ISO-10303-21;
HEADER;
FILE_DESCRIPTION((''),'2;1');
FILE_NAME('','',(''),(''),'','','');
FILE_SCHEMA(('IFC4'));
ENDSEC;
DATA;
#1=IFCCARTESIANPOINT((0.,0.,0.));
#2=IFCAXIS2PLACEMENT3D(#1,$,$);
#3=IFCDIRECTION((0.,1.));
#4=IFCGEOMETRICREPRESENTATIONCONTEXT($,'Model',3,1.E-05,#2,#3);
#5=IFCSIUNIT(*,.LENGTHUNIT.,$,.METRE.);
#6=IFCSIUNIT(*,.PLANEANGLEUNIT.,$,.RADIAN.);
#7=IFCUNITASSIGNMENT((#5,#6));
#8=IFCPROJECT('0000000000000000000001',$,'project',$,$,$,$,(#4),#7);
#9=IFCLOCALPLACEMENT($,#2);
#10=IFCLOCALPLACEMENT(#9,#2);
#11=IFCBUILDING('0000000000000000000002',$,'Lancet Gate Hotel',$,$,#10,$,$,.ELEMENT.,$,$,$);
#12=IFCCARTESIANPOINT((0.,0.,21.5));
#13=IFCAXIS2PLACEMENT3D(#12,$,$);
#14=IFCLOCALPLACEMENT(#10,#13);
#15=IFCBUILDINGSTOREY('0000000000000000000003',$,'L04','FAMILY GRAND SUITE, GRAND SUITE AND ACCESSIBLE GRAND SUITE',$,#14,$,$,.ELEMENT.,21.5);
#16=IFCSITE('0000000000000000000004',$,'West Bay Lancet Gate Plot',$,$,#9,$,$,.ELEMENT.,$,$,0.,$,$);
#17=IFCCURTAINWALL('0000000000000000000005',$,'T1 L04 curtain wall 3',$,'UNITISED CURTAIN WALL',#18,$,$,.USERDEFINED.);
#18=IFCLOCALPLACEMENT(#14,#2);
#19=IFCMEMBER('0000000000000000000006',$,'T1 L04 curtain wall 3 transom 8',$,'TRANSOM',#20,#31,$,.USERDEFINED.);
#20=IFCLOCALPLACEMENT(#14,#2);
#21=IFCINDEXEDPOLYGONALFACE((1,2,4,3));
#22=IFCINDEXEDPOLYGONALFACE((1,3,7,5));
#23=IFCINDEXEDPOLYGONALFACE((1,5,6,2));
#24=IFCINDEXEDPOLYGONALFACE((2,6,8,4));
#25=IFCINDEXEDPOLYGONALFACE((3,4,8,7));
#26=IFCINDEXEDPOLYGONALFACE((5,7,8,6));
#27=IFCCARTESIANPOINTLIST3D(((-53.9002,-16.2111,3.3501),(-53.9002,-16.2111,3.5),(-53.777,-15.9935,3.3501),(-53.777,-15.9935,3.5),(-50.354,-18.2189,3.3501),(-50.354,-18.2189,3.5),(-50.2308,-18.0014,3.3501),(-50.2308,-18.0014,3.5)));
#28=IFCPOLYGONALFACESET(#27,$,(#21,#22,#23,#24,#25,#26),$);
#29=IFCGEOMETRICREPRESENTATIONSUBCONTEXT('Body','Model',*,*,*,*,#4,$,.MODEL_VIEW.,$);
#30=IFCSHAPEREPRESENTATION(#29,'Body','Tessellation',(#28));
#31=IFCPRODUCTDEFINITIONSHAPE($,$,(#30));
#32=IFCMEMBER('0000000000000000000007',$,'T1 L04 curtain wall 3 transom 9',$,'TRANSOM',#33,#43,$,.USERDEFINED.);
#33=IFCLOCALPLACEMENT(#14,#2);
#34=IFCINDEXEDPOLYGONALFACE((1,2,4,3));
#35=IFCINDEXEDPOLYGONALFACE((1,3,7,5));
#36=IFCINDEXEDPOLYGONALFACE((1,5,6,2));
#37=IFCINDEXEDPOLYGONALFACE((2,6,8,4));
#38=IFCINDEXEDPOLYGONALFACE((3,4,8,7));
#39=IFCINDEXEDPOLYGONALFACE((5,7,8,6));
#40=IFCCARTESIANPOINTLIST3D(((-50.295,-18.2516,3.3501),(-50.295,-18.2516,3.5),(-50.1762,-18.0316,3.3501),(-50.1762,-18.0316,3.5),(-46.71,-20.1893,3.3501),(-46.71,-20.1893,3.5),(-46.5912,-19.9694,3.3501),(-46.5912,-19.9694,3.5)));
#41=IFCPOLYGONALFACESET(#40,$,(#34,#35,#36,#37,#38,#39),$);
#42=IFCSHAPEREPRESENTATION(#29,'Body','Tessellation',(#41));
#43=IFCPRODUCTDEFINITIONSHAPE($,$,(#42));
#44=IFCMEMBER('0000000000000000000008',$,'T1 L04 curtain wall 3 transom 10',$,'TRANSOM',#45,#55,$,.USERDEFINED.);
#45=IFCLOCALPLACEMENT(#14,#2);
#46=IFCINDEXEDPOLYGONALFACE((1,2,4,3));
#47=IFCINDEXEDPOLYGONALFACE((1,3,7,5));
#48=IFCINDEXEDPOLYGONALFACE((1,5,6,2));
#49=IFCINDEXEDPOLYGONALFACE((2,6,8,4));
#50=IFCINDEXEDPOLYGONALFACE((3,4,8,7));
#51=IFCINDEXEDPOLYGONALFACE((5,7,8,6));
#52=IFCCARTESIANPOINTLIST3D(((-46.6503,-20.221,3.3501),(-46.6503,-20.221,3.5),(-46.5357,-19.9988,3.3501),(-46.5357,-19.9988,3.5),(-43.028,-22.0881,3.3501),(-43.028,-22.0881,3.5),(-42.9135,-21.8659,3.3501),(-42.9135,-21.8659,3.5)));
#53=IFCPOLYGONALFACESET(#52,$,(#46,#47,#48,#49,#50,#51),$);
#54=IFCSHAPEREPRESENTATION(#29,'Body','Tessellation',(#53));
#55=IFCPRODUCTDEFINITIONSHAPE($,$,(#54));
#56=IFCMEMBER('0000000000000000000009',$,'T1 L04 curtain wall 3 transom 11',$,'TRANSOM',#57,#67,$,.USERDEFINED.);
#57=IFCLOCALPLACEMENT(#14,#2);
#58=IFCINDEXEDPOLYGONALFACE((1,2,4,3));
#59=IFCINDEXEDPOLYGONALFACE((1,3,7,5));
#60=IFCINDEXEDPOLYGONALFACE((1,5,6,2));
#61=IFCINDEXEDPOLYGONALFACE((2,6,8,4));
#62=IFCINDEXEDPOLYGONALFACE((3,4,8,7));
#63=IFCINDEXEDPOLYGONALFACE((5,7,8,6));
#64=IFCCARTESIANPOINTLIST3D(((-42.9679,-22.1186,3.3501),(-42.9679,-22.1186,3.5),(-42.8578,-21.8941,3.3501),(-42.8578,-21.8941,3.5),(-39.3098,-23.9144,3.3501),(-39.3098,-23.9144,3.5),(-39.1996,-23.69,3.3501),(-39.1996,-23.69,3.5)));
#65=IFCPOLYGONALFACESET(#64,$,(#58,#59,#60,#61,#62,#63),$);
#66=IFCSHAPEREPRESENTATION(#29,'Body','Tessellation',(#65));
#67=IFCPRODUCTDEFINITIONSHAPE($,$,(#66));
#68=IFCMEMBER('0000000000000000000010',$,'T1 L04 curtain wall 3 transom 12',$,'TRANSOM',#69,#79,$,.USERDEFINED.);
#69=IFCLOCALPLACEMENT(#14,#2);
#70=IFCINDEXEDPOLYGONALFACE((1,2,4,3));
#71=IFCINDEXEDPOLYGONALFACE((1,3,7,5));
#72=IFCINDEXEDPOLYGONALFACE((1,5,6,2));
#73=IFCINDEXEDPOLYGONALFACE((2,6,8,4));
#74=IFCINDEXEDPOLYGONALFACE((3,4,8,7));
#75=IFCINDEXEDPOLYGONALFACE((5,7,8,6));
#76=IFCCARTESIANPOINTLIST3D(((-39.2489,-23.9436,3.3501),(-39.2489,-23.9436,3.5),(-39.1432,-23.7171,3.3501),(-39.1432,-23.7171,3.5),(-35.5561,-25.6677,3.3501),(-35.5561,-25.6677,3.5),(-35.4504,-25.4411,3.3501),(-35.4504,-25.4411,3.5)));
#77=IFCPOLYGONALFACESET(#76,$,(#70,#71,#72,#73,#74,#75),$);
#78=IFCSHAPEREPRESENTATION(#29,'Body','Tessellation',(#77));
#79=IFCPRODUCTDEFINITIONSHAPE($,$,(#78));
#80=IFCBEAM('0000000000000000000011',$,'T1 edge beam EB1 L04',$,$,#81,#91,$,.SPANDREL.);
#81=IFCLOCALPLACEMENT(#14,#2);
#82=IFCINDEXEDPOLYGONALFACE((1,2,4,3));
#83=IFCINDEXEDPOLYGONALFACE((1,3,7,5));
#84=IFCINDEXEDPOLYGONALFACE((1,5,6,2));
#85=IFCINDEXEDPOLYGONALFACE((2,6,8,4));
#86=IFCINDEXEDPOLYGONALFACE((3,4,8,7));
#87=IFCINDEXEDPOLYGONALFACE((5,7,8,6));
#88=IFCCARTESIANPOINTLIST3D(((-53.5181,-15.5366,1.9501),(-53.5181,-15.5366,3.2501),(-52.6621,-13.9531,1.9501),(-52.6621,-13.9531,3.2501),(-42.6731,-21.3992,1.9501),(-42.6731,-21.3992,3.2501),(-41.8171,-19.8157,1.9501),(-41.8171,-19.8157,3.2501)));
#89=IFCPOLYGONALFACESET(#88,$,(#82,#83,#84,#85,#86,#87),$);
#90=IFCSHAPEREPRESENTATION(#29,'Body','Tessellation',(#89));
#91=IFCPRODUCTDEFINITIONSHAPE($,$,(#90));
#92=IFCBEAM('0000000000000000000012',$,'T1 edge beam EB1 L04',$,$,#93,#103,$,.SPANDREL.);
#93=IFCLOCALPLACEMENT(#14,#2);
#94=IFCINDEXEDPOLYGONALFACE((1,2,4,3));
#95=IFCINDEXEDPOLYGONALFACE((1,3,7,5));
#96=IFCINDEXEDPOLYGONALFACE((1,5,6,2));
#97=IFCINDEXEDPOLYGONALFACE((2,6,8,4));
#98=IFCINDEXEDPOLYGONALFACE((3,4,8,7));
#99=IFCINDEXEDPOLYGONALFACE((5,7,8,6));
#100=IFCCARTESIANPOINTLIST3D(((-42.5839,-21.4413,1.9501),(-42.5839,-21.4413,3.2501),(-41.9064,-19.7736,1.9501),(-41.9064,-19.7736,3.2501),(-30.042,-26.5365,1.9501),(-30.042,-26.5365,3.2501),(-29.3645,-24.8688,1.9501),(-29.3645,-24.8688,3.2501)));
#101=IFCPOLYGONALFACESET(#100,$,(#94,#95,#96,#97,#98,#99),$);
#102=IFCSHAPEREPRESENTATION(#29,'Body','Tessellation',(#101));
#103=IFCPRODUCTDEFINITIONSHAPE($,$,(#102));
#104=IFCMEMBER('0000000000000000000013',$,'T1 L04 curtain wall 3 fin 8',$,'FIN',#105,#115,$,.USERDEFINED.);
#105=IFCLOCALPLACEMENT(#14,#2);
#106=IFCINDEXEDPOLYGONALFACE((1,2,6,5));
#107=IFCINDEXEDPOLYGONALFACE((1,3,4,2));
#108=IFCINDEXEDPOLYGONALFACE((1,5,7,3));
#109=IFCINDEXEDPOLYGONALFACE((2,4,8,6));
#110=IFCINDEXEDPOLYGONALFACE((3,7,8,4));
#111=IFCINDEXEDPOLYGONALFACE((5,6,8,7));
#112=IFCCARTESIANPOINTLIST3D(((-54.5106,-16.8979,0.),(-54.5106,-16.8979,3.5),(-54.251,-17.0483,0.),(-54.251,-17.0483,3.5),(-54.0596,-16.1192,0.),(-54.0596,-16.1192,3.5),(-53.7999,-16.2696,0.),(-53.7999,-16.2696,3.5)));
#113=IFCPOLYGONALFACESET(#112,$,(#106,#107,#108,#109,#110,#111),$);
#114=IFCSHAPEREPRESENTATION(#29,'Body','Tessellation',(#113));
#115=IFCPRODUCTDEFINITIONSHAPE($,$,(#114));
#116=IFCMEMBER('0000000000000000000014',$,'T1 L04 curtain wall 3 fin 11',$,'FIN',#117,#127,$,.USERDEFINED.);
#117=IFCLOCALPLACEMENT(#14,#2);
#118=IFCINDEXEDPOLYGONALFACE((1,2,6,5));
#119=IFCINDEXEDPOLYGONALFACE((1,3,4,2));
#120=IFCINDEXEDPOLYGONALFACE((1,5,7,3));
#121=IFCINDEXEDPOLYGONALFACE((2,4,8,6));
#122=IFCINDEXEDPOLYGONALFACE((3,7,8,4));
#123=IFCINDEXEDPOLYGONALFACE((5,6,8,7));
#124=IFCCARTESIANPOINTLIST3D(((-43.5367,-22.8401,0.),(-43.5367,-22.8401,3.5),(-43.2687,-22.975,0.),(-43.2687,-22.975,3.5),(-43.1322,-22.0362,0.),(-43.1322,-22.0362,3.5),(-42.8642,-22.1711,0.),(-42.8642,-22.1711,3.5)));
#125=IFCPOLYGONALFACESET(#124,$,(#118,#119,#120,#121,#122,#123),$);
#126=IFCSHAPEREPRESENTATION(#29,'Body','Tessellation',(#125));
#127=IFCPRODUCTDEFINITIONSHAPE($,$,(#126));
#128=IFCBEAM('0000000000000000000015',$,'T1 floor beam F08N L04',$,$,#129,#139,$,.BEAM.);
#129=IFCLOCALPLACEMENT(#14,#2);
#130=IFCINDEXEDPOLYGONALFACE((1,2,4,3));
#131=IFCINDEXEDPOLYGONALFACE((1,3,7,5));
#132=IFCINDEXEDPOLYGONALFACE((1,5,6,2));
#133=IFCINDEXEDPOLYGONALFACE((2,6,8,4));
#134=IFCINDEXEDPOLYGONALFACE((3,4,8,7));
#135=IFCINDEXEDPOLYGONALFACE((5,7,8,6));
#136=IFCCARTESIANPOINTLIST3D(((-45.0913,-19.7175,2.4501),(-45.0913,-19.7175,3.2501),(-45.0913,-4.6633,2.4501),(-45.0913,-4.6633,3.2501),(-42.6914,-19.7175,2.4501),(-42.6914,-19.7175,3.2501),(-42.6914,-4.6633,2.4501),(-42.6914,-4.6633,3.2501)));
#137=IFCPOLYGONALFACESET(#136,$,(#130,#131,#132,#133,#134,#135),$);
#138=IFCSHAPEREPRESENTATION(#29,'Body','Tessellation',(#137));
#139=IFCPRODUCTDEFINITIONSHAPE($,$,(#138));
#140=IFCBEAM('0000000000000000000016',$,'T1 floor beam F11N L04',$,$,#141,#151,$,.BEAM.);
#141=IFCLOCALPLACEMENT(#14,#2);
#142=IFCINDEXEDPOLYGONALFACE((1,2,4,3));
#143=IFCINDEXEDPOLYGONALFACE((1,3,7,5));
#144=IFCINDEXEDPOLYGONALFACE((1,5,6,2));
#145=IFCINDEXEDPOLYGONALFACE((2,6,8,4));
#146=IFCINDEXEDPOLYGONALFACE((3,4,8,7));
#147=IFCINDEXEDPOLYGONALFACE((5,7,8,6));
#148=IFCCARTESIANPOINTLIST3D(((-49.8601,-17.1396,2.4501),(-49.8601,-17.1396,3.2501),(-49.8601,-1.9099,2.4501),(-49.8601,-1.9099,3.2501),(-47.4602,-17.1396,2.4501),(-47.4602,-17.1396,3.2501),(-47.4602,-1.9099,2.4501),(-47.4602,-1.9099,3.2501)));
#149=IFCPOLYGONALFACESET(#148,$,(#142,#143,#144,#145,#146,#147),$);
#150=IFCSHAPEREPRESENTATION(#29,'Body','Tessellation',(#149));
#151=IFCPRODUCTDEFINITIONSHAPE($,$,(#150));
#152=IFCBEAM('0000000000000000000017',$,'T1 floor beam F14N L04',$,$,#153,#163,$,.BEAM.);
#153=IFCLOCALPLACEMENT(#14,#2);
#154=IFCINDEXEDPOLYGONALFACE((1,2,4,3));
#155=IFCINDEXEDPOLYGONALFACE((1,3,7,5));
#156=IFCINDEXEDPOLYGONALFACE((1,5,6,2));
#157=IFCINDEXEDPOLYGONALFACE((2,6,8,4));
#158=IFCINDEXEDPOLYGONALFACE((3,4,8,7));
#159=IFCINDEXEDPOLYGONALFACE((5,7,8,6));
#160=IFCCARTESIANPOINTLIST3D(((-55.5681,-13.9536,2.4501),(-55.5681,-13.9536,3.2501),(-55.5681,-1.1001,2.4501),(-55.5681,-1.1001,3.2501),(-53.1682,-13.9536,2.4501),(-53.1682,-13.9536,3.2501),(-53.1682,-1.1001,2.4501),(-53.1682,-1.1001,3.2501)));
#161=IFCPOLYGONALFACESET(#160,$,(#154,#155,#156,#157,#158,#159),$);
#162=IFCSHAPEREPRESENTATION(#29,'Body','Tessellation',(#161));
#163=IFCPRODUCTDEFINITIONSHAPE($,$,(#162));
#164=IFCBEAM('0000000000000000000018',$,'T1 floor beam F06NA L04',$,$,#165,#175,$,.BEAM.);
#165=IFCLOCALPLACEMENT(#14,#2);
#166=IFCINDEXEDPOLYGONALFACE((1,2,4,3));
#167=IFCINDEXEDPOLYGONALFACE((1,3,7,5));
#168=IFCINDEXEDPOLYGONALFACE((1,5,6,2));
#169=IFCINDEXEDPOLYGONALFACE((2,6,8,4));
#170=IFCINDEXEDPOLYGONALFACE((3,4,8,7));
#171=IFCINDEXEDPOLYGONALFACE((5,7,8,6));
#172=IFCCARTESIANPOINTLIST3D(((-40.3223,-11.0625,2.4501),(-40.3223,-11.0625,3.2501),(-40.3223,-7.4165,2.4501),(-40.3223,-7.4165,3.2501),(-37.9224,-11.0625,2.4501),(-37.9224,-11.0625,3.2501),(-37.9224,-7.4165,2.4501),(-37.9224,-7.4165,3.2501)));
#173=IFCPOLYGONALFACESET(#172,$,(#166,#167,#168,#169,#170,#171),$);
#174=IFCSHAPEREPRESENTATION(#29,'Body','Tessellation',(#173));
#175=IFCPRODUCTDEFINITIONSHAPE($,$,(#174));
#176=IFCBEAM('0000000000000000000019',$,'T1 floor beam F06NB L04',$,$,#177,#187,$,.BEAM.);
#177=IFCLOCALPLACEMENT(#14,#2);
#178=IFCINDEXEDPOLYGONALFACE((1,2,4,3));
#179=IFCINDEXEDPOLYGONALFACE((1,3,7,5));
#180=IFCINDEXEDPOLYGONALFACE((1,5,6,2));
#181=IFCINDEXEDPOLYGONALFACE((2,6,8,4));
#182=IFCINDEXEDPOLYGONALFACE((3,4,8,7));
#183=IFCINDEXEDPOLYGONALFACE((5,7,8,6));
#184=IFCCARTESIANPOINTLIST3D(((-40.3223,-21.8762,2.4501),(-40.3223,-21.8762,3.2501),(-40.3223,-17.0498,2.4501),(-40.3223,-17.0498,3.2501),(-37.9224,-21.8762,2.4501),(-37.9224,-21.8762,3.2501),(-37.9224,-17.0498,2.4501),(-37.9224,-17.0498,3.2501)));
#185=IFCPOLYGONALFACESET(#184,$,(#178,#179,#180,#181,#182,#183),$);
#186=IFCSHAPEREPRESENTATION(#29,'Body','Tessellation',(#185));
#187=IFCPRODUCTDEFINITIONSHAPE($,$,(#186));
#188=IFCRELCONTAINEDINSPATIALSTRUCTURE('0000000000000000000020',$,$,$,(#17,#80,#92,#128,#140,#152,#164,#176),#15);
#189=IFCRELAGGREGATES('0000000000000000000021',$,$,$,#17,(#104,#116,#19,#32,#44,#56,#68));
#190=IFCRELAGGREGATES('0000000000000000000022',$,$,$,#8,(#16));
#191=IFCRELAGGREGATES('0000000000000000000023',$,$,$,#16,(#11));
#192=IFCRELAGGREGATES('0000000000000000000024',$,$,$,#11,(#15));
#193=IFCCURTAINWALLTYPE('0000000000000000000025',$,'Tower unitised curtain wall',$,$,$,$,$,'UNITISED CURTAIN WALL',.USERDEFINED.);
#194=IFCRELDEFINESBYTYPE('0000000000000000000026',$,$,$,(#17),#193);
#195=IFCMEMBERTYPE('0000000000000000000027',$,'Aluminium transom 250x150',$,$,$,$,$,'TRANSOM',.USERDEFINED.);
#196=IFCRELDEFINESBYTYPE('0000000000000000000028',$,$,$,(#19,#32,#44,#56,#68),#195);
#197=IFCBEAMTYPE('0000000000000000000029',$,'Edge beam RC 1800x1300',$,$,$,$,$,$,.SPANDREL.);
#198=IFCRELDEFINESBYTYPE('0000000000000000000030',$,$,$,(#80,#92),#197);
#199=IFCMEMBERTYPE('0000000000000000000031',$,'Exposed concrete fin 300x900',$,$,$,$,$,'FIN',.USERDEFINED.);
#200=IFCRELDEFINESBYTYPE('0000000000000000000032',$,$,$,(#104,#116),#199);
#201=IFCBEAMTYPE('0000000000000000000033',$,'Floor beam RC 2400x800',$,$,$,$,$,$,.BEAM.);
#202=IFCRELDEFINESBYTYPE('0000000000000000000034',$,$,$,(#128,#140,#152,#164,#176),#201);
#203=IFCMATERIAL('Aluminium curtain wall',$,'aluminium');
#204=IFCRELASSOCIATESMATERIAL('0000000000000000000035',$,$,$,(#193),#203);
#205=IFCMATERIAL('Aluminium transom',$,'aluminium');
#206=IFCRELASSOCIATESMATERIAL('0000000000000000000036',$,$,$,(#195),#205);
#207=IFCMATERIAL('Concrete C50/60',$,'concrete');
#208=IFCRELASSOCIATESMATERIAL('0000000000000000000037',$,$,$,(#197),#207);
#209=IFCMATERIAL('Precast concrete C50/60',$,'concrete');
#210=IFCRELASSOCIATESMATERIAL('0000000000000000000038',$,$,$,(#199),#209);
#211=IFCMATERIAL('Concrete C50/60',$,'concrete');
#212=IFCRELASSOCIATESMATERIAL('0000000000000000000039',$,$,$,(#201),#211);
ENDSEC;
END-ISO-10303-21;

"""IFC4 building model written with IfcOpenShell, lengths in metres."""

from ifc_helpers import new_model, si_unit, direction, frame, origin, origin_2d, place, context, subcontext, project, spatial, rectangle, extrude, material, material_profile, profile_set, type_object, element, aggregate, save


model = new_model("IFC4")

# Units and contexts
model_context = context("Model", 3, precision=1e-05, world=origin(), true_north=direction((0.0, 1.0)))
body_context = subcontext(model_context, "Body", "Model", "MODEL_VIEW")
ifc_project = project(units=[si_unit("LENGTHUNIT", "METRE"), si_unit("PLANEANGLEUNIT", "RADIAN")], contexts=[model_context])

# Site, building, storey
site_placement = place(None, origin())
site = spatial("IfcSite", under=ifc_project, at=site_placement, Name="West Bay Lancet Gate Plot", CompositionType="ELEMENT", RefElevation=0.0)
building_placement = place(site_placement, origin())
building = spatial("IfcBuilding", under=site, at=building_placement, Name="Lancet Gate Hotel", CompositionType="ELEMENT")
storey_placement = place(building_placement, frame((0.0, 0.0, 21.5)))
storey = spatial("IfcBuildingStorey", under=building, at=storey_placement, Name="L04", Description="FAMILY GRAND SUITE, GRAND SUITE AND ACCESSIBLE GRAND SUITE", CompositionType="ELEMENT", Elevation=21.5)

# Curtain wall, members
ifc_material_1 = material(Name="Aluminium curtain wall", Category="aluminium")
curtain_wall_type = type_object("IfcCurtainWallType", Name="Tower unitised curtain wall", ElementType="UNITISED CURTAIN WALL", PredefinedType="USERDEFINED", material=ifc_material_1)
curtain_wall_placement = place(storey_placement, origin())
curtain_wall = element("IfcCurtainWall", 1, at=curtain_wall_placement, inside=storey, type_object=curtain_wall_type, Name="T1 L04 curtain wall 3", ObjectType="UNITISED CURTAIN WALL", PredefinedType="USERDEFINED")
ifc_material_2 = material(Name="Aluminium transom", Category="aluminium")
ifc_material_profile_1 = material_profile(ifc_material_2, rectangle(XDim=0.25, YDim=0.1499, at=origin_2d()), Name="TRANSOM 250x150")
ifc_profile_set_1 = profile_set([ifc_material_profile_1], Name="Aluminium transom")
member_type_1 = type_object("IfcMemberType", Name="Aluminium transom 250x150", ElementType="TRANSOM", PredefinedType="USERDEFINED", material=ifc_profile_set_1)
member_1_placement = place(storey_placement, frame((-53.8386, -16.1023, 3.425), z_axis=(0.870198, -0.492703, 0.0), x_axis=(0.492703, 0.870198, 0.0)))
member_1 = element("IfcMember", 2, at=member_1_placement, type_object=member_type_1, Name="T1 L04 curtain wall 3 transom 8", ObjectType="TRANSOM", PredefinedType="USERDEFINED", context=body_context, shape_type="SweptSolid", body=[
    extrude(rectangle(XDim=0.25, YDim=0.1499, at=origin_2d()), origin(), (0.0, 0.0, 1.0), 4.0752),
])
member_2_placement = place(storey_placement, frame((-50.2356, -18.1416, 3.425), z_axis=(0.879714, -0.475503, 0.0), x_axis=(0.475503, 0.879714, 0.0)))
member_2 = element("IfcMember", 3, at=member_2_placement, type_object=member_type_1, Name="T1 L04 curtain wall 3 transom 9", ObjectType="TRANSOM", PredefinedType="USERDEFINED", context=body_context, shape_type="SweptSolid", body=[
    extrude(rectangle(XDim=0.25, YDim=0.1499, at=origin_2d()), origin(), (0.0, 0.0, 1.0), 4.0752),
])
member_3_placement = place(storey_placement, frame((-46.593, -20.1099, 3.425), z_axis=(0.88886, -0.458179, 0.0), x_axis=(0.458179, 0.88886, 0.0)))
member_3 = element("IfcMember", 4, at=member_3_placement, type_object=member_type_1, Name="T1 L04 curtain wall 3 transom 10", ObjectType="TRANSOM", PredefinedType="USERDEFINED", context=body_context, shape_type="SweptSolid", body=[
    extrude(rectangle(XDim=0.25, YDim=0.1499, at=origin_2d()), origin(), (0.0, 0.0, 1.0), 4.0752),
])
member_4_placement = place(storey_placement, frame((-42.9128, -22.0063, 3.425), z_axis=(0.897662, -0.440684, 0.0), x_axis=(0.440684, 0.897662, 0.0)))
member_4 = element("IfcMember", 5, at=member_4_placement, type_object=member_type_1, Name="T1 L04 curtain wall 3 transom 11", ObjectType="TRANSOM", PredefinedType="USERDEFINED", context=body_context, shape_type="SweptSolid", body=[
    extrude(rectangle(XDim=0.25, YDim=0.1499, at=origin_2d()), origin(), (0.0, 0.0, 1.0), 4.0752),
])
member_5_placement = place(storey_placement, frame((-39.196, -23.8303, 3.425), z_axis=(0.90611, -0.423043, 0.0), x_axis=(0.423043, 0.90611, 0.0)))
member_5 = element("IfcMember", 6, at=member_5_placement, type_object=member_type_1, Name="T1 L04 curtain wall 3 transom 12", ObjectType="TRANSOM", PredefinedType="USERDEFINED", context=body_context, shape_type="SweptSolid", body=[
    extrude(rectangle(XDim=0.25, YDim=0.1499, at=origin_2d()), origin(), (0.0, 0.0, 1.0), 4.0754),
])

# Beams
ifc_material_3 = material(Name="Concrete C50/60", Category="concrete")
ifc_material_profile_2 = material_profile(ifc_material_3, rectangle(XDim=1.8, YDim=1.3, at=origin_2d()), Name="RC 1800x1300")
ifc_profile_set_2 = profile_set([ifc_material_profile_2], Name="Concrete C50/60")
beam_type_1 = type_object("IfcBeamType", Name="Edge beam RC 1800x1300", PredefinedType="SPANDREL", material=ifc_profile_set_2)
beam_1_placement = place(storey_placement, frame((-53.0901, -14.7449, 2.6001), z_axis=(0.879693, -0.475542, 0.0), x_axis=(0.475542, 0.879693, 0.0)))
element("IfcBeam", 7, at=beam_1_placement, inside=storey, type_object=beam_type_1, Name="T1 edge beam EB1 L04", PredefinedType="SPANDREL", context=body_context, shape_type="SweptSolid", body=[
    extrude(rectangle(XDim=1.8, YDim=1.3, at=origin_2d()), origin(), (0.0, 0.0, 1.0), 12.3281),
])
beam_2_placement = place(storey_placement, frame((-42.2451, -20.6074, 2.6001), z_axis=(0.926463, -0.376385, 0.0), x_axis=(0.376385, 0.926463, 0.0)))
element("IfcBeam", 8, at=beam_2_placement, inside=storey, type_object=beam_type_1, Name="T1 edge beam EB1 L04", PredefinedType="SPANDREL", context=body_context, shape_type="SweptSolid", body=[
    extrude(rectangle(XDim=1.8, YDim=1.3, at=origin_2d()), origin(), (0.0, 0.0, 1.0), 13.5374),
])

# Members
ifc_material_4 = material(Name="Precast concrete C50/60", Category="concrete")
ifc_material_profile_3 = material_profile(ifc_material_4, rectangle(XDim=0.3, YDim=0.8999, at=origin_2d()), Name="FIN 300x900")
ifc_profile_set_3 = profile_set([ifc_material_profile_3], Name="Precast concrete C50/60")
member_type_2 = type_object("IfcMemberType", Name="Exposed concrete fin 300x900", ElementType="FIN", PredefinedType="USERDEFINED", material=ifc_profile_set_3)
member_6_placement = place(storey_placement, frame((-54.1553, -16.5837, 0.0), z_axis=(0.0, 0.0, 1.0), x_axis=(0.865335, -0.501194, 0.0)))
member_6 = element("IfcMember", 9, at=member_6_placement, type_object=member_type_2, Name="T1 L04 curtain wall 3 fin 8", ObjectType="FIN", PredefinedType="USERDEFINED", context=body_context, shape_type="SweptSolid", body=[
    extrude(rectangle(XDim=0.3, YDim=0.8999, at=origin_2d()), origin(), (0.0, 0.0, 1.0), 3.5),
])
member_7_placement = place(storey_placement, frame((-43.2004, -22.5056, 0.0), z_axis=(0.0, 0.0, 1.0), x_axis=(0.893292, -0.449478, 0.0)))
member_7 = element("IfcMember", 10, at=member_7_placement, type_object=member_type_2, Name="T1 L04 curtain wall 3 fin 11", ObjectType="FIN", PredefinedType="USERDEFINED", context=body_context, shape_type="SweptSolid", body=[
    extrude(rectangle(XDim=0.3, YDim=0.8999, at=origin_2d()), origin(), (0.0, 0.0, 1.0), 3.5),
])

# Beams
ifc_material_5 = material(Name="Concrete C50/60", Category="concrete")
ifc_material_profile_4 = material_profile(ifc_material_5, rectangle(XDim=2.3999, YDim=0.8, at=origin_2d()), Name="RC 2400x800")
ifc_profile_set_4 = profile_set([ifc_material_profile_4], Name="Concrete C50/60")
beam_type_2 = type_object("IfcBeamType", Name="Floor beam RC 2400x800", PredefinedType="BEAM", material=ifc_profile_set_4)
beam_3_placement = place(storey_placement, frame((-43.8914, -4.6633, 2.8501), z_axis=(0.0, -1.0, 0.0), x_axis=(1.0, 0.0, 0.0)))
element("IfcBeam", 11, at=beam_3_placement, inside=storey, type_object=beam_type_2, Name="T1 floor beam F08N L04", PredefinedType="BEAM", context=body_context, shape_type="SweptSolid", body=[
    extrude(rectangle(XDim=2.3999, YDim=0.8, at=origin_2d()), origin(), (0.0, 0.0, 1.0), 15.0542),
])
beam_4_placement = place(storey_placement, frame((-48.6602, -1.9099, 2.8501), z_axis=(0.0, -1.0, 0.0), x_axis=(1.0, 0.0, 0.0)))
element("IfcBeam", 12, at=beam_4_placement, inside=storey, type_object=beam_type_2, Name="T1 floor beam F11N L04", PredefinedType="BEAM", context=body_context, shape_type="SweptSolid", body=[
    extrude(rectangle(XDim=2.3999, YDim=0.8, at=origin_2d()), origin(), (0.0, 0.0, 1.0), 15.2297),
])
beam_5_placement = place(storey_placement, frame((-54.3682, -1.1001, 2.8501), z_axis=(0.0, -1.0, 0.0), x_axis=(1.0, 0.0, 0.0)))
element("IfcBeam", 13, at=beam_5_placement, inside=storey, type_object=beam_type_2, Name="T1 floor beam F14N L04", PredefinedType="BEAM", context=body_context, shape_type="SweptSolid", body=[
    extrude(rectangle(XDim=2.3999, YDim=0.8, at=origin_2d()), origin(), (0.0, 0.0, 1.0), 12.8535),
])
beam_6_placement = place(storey_placement, frame((-39.1223, -7.4165, 2.8501), z_axis=(0.0, -1.0, 0.0), x_axis=(1.0, 0.0, 0.0)))
element("IfcBeam", 14, at=beam_6_placement, inside=storey, type_object=beam_type_2, Name="T1 floor beam F06NA L04", PredefinedType="BEAM", context=body_context, shape_type="SweptSolid", body=[
    extrude(rectangle(XDim=2.3999, YDim=0.8, at=origin_2d()), origin(), (0.0, 0.0, 1.0), 3.646),
])
beam_7_placement = place(storey_placement, frame((-39.1223, -17.0498, 2.8501), z_axis=(0.0, -1.0, 0.0), x_axis=(1.0, 0.0, 0.0)))
element("IfcBeam", 15, at=beam_7_placement, inside=storey, type_object=beam_type_2, Name="T1 floor beam F06NB L04", PredefinedType="BEAM", context=body_context, shape_type="SweptSolid", body=[
    extrude(rectangle(XDim=2.3999, YDim=0.8, at=origin_2d()), origin(), (0.0, 0.0, 1.0), 4.8264),
])

aggregate(curtain_wall, [member_6, member_7, member_1, member_2, member_3, member_4, member_5])

save(model, "model.ifc")
